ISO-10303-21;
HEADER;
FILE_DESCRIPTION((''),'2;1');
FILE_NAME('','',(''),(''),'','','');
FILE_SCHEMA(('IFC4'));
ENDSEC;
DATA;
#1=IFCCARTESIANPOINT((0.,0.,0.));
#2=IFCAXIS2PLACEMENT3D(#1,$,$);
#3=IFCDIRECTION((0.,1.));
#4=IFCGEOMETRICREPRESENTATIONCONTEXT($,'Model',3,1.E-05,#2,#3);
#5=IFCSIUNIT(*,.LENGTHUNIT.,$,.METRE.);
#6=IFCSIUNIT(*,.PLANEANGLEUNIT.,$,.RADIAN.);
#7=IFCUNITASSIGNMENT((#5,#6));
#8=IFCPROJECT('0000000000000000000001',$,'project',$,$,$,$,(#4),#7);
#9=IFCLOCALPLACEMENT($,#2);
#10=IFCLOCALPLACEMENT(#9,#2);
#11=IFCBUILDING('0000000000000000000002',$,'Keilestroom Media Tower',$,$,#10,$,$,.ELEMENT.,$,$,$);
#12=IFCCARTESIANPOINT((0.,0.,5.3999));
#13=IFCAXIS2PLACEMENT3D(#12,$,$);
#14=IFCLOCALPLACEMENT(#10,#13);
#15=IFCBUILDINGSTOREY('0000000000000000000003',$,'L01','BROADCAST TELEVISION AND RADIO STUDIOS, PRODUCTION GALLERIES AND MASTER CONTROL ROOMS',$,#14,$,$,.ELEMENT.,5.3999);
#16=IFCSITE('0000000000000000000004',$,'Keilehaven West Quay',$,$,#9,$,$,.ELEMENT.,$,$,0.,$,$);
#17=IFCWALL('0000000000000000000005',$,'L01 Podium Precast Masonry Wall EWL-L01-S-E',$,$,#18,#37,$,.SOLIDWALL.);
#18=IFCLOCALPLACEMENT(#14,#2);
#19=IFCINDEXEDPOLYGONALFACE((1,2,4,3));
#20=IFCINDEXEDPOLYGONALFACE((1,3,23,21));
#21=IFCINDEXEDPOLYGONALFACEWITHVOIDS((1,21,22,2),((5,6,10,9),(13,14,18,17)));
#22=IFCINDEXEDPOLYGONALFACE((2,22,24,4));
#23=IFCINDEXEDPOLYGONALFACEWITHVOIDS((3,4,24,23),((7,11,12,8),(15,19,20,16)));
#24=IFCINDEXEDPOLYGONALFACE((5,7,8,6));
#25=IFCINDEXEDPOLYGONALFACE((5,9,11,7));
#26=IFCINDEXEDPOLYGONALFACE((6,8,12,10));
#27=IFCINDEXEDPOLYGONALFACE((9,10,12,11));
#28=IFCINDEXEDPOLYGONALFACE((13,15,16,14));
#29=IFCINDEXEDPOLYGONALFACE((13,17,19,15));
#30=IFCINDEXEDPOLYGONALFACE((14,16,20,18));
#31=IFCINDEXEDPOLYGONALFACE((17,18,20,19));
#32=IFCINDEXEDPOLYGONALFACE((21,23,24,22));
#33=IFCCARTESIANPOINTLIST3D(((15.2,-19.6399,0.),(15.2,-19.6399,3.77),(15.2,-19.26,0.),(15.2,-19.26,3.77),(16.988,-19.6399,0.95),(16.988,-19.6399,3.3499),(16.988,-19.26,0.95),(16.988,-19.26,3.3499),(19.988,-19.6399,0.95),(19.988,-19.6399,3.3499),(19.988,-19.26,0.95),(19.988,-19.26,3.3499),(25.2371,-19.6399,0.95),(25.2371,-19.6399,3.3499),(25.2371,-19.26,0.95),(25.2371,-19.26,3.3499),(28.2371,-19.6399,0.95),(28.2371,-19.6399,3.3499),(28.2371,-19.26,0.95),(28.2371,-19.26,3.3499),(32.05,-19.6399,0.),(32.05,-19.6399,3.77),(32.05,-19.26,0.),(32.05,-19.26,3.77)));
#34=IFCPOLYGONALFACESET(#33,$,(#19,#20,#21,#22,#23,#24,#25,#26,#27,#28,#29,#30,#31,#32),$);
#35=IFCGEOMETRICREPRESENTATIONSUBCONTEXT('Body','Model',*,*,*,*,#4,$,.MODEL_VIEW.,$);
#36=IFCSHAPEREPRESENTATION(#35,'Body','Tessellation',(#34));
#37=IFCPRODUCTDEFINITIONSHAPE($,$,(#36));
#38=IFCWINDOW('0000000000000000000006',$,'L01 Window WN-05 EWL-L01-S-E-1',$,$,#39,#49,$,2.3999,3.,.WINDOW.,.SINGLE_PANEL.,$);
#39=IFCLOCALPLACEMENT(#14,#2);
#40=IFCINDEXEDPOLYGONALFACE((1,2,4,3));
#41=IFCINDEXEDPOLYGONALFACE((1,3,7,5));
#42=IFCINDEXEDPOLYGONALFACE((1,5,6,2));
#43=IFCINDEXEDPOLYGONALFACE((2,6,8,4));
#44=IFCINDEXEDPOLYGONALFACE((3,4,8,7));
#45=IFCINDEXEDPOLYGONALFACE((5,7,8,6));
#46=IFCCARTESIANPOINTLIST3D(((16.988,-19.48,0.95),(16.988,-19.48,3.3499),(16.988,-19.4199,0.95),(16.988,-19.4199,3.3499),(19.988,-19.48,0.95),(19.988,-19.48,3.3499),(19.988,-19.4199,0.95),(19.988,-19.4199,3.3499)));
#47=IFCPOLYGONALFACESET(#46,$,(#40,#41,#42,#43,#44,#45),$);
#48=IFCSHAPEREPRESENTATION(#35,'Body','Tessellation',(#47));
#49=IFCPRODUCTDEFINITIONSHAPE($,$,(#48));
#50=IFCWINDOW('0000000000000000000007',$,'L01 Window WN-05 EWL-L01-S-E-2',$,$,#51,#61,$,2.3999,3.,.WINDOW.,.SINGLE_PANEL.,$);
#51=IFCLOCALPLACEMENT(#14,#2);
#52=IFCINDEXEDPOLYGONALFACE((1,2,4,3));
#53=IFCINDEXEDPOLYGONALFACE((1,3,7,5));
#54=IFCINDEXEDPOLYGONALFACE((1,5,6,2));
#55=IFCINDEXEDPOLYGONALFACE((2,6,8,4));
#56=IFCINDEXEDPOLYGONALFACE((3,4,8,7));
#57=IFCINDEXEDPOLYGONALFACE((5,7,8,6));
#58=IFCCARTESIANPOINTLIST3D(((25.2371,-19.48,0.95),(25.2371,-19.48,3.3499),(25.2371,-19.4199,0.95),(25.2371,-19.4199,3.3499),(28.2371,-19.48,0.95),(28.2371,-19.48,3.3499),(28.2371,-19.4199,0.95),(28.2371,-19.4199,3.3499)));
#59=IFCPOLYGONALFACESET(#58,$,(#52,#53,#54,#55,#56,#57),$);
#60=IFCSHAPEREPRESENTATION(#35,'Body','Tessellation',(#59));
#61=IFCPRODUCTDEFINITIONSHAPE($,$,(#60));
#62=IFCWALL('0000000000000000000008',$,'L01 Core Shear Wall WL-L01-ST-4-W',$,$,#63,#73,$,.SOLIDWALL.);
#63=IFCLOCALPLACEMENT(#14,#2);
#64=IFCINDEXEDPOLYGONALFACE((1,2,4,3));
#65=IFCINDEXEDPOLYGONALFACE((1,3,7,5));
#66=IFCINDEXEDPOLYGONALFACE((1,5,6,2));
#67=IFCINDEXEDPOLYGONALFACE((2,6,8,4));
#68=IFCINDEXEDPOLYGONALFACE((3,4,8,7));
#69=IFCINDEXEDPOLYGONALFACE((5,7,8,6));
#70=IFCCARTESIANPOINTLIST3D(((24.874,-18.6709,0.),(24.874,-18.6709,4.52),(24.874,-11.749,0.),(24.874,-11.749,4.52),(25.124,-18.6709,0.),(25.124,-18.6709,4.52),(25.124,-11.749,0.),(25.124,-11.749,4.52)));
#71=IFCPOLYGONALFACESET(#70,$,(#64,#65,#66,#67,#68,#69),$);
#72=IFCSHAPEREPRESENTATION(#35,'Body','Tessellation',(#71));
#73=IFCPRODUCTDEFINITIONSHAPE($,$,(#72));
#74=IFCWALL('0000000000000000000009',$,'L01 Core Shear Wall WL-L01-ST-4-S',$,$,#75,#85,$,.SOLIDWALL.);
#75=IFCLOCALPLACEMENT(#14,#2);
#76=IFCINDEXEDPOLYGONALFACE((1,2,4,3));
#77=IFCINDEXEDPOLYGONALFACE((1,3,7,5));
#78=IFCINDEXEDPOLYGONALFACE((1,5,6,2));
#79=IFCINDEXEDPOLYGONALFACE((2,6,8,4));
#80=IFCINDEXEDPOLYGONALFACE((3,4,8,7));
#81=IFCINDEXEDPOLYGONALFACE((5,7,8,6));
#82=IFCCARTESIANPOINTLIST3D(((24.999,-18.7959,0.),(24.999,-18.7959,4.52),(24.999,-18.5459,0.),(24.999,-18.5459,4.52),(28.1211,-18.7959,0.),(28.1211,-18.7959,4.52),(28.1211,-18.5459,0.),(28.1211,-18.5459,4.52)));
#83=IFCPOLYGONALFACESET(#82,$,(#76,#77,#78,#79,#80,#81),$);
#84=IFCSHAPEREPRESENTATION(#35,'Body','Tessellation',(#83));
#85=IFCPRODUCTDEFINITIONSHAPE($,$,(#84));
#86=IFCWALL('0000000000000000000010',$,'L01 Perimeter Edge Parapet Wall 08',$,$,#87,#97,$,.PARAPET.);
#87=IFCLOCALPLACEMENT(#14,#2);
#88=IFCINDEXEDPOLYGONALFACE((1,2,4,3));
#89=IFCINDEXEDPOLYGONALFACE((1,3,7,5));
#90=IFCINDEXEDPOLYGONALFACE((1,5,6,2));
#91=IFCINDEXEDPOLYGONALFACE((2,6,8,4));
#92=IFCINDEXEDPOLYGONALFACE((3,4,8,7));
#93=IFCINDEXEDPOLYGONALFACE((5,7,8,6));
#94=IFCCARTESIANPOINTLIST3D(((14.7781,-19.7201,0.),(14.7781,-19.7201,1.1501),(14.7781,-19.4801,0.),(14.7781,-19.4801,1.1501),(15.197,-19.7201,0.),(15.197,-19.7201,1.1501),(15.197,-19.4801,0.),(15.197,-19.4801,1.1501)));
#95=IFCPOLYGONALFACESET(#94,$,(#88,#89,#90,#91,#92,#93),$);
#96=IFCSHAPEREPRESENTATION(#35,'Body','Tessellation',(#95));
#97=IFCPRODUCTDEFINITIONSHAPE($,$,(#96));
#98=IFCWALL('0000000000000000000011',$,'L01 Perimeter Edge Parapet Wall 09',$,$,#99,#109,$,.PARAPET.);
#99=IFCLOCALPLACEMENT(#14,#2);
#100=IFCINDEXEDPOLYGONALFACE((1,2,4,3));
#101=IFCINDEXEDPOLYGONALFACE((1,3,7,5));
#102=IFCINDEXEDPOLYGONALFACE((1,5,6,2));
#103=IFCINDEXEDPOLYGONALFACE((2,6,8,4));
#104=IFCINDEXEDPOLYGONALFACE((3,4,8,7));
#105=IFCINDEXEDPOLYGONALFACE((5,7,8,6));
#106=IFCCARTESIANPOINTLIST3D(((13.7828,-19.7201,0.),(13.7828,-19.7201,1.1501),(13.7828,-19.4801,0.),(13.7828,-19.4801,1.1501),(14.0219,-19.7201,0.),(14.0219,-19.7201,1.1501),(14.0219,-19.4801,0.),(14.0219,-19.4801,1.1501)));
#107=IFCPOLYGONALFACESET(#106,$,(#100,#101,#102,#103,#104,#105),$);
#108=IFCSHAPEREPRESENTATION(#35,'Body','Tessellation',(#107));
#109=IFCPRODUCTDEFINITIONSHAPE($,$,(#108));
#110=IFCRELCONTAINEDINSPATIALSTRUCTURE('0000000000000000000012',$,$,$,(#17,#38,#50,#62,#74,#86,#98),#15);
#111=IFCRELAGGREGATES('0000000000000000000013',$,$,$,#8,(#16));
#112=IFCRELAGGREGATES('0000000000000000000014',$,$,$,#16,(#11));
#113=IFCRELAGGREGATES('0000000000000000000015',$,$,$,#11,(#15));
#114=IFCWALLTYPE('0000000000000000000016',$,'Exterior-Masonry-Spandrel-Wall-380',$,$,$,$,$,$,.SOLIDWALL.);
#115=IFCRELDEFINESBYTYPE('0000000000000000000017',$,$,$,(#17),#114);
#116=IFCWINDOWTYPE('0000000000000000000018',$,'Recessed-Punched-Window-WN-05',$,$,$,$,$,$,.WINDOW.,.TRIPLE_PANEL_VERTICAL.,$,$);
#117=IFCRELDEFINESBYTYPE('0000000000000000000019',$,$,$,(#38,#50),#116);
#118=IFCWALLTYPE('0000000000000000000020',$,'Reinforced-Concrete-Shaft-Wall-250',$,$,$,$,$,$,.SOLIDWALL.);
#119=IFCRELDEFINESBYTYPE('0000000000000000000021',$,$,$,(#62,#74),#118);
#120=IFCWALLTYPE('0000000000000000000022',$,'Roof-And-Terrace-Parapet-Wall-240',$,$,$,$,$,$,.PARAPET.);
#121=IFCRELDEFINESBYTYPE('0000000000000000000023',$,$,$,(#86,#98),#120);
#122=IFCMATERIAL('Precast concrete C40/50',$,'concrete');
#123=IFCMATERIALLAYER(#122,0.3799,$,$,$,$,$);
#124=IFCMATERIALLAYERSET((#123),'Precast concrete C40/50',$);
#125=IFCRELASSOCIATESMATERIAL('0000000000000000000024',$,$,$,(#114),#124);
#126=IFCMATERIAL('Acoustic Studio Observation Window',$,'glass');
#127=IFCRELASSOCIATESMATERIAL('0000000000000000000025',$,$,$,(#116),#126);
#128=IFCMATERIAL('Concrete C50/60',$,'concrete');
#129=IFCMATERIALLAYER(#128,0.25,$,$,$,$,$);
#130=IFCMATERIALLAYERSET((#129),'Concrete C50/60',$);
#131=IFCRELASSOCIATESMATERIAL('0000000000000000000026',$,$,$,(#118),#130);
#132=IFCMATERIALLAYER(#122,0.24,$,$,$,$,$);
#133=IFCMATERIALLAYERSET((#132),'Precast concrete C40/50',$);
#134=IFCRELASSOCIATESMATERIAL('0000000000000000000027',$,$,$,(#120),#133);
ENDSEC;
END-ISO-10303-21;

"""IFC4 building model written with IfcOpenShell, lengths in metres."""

from ifc_helpers import new_model, si_unit, direction, frame, frame_2d, origin, place, context, subcontext, project, spatial, rectangle, extrude, source, transform, mapped, material, layer, layer_set, type_object, element, fill, save


model = new_model("IFC4")

# Units and contexts
model_context = context("Model", 3, precision=1e-05, world=origin(), true_north=direction((0.0, 1.0)))
body_context = subcontext(model_context, "Body", "Model", "MODEL_VIEW")
ifc_project = project(units=[si_unit("LENGTHUNIT", "METRE"), si_unit("PLANEANGLEUNIT", "RADIAN")], contexts=[model_context])

# Site, building, storey
site_placement = place(None, origin())
site = spatial("IfcSite", under=ifc_project, at=site_placement, Name="Keilehaven West Quay", CompositionType="ELEMENT", RefElevation=0.0)
building_placement = place(site_placement, origin())
building = spatial("IfcBuilding", under=site, at=building_placement, Name="Keilestroom Media Tower", CompositionType="ELEMENT")
storey_placement = place(building_placement, frame((0.0, 0.0, 5.3999)))
storey = spatial("IfcBuildingStorey", under=building, at=storey_placement, Name="L01", Description="BROADCAST TELEVISION AND RADIO STUDIOS, PRODUCTION GALLERIES AND MASTER CONTROL ROOMS", CompositionType="ELEMENT", Elevation=5.3999)

# Shared definitions
ifc_material_1 = material(Name="Precast concrete C40/50", Category="concrete")

# Wall, openings, windows
ifc_layer_1 = layer(ifc_material_1, 0.3799)
ifc_layer_set_1 = layer_set([ifc_layer_1], Name="Precast concrete C40/50")
wall_type_1 = type_object("IfcWallType", Name="Exterior-Masonry-Spandrel-Wall-380", PredefinedType="SOLIDWALL", material=ifc_layer_set_1)
wall_1_placement = place(storey_placement, frame((15.2, -19.45, 0.0), z_axis=(0.0, 0.0, 1.0), x_axis=(1.0, 0.0, 0.0)))
wall_1 = element("IfcWall", 1, at=wall_1_placement, inside=storey, type_object=wall_type_1, Name="L01 Podium Precast Masonry Wall EWL-L01-S-E", PredefinedType="SOLIDWALL", context=body_context, shape_type="SweptSolid", body=[
    extrude(rectangle(XDim=16.8501, YDim=0.3799, at=frame_2d((8.425, 0.0))), origin(), (0.0, 0.0, 1.0), 3.77),
])
opening_1_placement = place(wall_1_placement, frame((1.7881, 0.0, 0.95)))
opening_1 = element("IfcOpeningElement", 2, at=opening_1_placement, cuts=wall_1, PredefinedType="OPENING", context=body_context, shape_type="SweptSolid", body=[
    extrude(rectangle(XDim=3.0, YDim=2.3999, at=frame_2d((1.5, 1.2))), frame((0.0, 0.2, 0.0), z_axis=(0.0, -1.0, 0.0), x_axis=(1.0, 0.0, 0.0)), (0.0, 0.0, 1.0), 0.3999),
])
opening_2_placement = place(wall_1_placement, frame((10.0371, 0.0, 0.95)))
opening_2 = element("IfcOpeningElement", 3, at=opening_2_placement, cuts=wall_1, PredefinedType="OPENING", context=body_context, shape_type="SweptSolid", body=[
    extrude(rectangle(XDim=3.0, YDim=2.3999, at=frame_2d((1.5, 1.2))), frame((0.0, 0.2, 0.0), z_axis=(0.0, -1.0, 0.0), x_axis=(1.0, 0.0, 0.0)), (0.0, 0.0, 1.0), 0.3999),
])
ifc_material_2 = material(Name="Acoustic Studio Observation Window", Category="glass")
window_type = type_object("IfcWindowType", Name="Recessed-Punched-Window-WN-05", PartitioningType="TRIPLE_PANEL_VERTICAL", PredefinedType="WINDOW", material=ifc_material_2)
shared_shape_1 = source(origin(), body_context, "Body", "SweptSolid", [
    extrude(rectangle(XDim=3.0, YDim=2.3999, at=frame_2d((1.5, 1.2))), frame((0.0, 0.03, 0.0), z_axis=(0.0, -1.0, 0.0), x_axis=(1.0, 0.0, 0.0)), (0.0, 0.0, 1.0), 0.0601),
])
window_1_placement = place(opening_1_placement, origin())
window_1 = element("IfcWindow", 4, at=window_1_placement, inside=storey, type_object=window_type, Name="L01 Window WN-05 EWL-L01-S-E-1", OverallHeight=2.3999, OverallWidth=3.0, PartitioningType="SINGLE_PANEL", PredefinedType="WINDOW", context=body_context, shape_type="MappedRepresentation", body=[
    mapped(shared_shape_1, transform((0.0, 0.0, 0.0), x_axis=(1.0, 0.0, 0.0), y_axis=(0.0, 1.0, 0.0), z_axis=(0.0, 0.0, 1.0), scale=1.0)),
])
fill(opening_1, window_1)
window_2_placement = place(opening_2_placement, origin())
window_2 = element("IfcWindow", 5, at=window_2_placement, inside=storey, type_object=window_type, Name="L01 Window WN-05 EWL-L01-S-E-2", OverallHeight=2.3999, OverallWidth=3.0, PartitioningType="SINGLE_PANEL", PredefinedType="WINDOW", context=body_context, shape_type="MappedRepresentation", body=[
    mapped(shared_shape_1, transform((0.0, 0.0, 0.0), x_axis=(1.0, 0.0, 0.0), y_axis=(0.0, 1.0, 0.0), z_axis=(0.0, 0.0, 1.0), scale=1.0)),
])
fill(opening_2, window_2)

# Walls
ifc_material_3 = material(Name="Concrete C50/60", Category="concrete")
ifc_layer_2 = layer(ifc_material_3, 0.25)
ifc_layer_set_2 = layer_set([ifc_layer_2], Name="Concrete C50/60")
wall_type_2 = type_object("IfcWallType", Name="Reinforced-Concrete-Shaft-Wall-250", PredefinedType="SOLIDWALL", material=ifc_layer_set_2)
wall_2_placement = place(storey_placement, frame((24.999, -18.6709, 0.0), z_axis=(0.0, 0.0, 1.0), x_axis=(0.0, 1.0, 0.0)))
element("IfcWall", 6, at=wall_2_placement, inside=storey, type_object=wall_type_2, Name="L01 Core Shear Wall WL-L01-ST-4-W", PredefinedType="SOLIDWALL", context=body_context, shape_type="SweptSolid", body=[
    extrude(rectangle(XDim=6.9219, YDim=0.25, at=frame_2d((3.4609, 0.0))), origin(), (0.0, 0.0, 1.0), 4.52),
])
wall_3_placement = place(storey_placement, frame((24.999, -18.6709, 0.0), z_axis=(0.0, 0.0, 1.0), x_axis=(1.0, 0.0, 0.0)))
element("IfcWall", 7, at=wall_3_placement, inside=storey, type_object=wall_type_2, Name="L01 Core Shear Wall WL-L01-ST-4-S", PredefinedType="SOLIDWALL", context=body_context, shape_type="SweptSolid", body=[
    extrude(rectangle(XDim=3.1221, YDim=0.25, at=frame_2d((1.561, 0.0))), origin(), (0.0, 0.0, 1.0), 4.52),
])
ifc_layer_3 = layer(ifc_material_1, 0.24)
ifc_layer_set_3 = layer_set([ifc_layer_3], Name="Precast concrete C40/50")
wall_type_3 = type_object("IfcWallType", Name="Roof-And-Terrace-Parapet-Wall-240", PredefinedType="PARAPET", material=ifc_layer_set_3)
wall_4_placement = place(storey_placement, frame((15.197, -19.6001, 0.0), z_axis=(0.0, 0.0, 1.0), x_axis=(-1.0, 0.0, 0.0)))
element("IfcWall", 8, at=wall_4_placement, inside=storey, type_object=wall_type_3, Name="L01 Perimeter Edge Parapet Wall 08", PredefinedType="PARAPET", context=body_context, shape_type="SweptSolid", body=[
    extrude(rectangle(XDim=0.4189, YDim=0.24, at=frame_2d((0.2095, 0.0))), origin(), (0.0, 0.0, 1.0), 1.1501),
])
wall_5_placement = place(storey_placement, frame((14.022, -19.6001, 0.0), z_axis=(0.0, 0.0, 1.0), x_axis=(-1.0, 0.0, 0.0)))
element("IfcWall", 9, at=wall_5_placement, inside=storey, type_object=wall_type_3, Name="L01 Perimeter Edge Parapet Wall 09", PredefinedType="PARAPET", context=body_context, shape_type="SweptSolid", body=[
    extrude(rectangle(XDim=0.239, YDim=0.24, at=frame_2d((0.1196, 0.0))), origin(), (0.0, 0.0, 1.0), 1.1501),
])

save(model, "model.ifc")
